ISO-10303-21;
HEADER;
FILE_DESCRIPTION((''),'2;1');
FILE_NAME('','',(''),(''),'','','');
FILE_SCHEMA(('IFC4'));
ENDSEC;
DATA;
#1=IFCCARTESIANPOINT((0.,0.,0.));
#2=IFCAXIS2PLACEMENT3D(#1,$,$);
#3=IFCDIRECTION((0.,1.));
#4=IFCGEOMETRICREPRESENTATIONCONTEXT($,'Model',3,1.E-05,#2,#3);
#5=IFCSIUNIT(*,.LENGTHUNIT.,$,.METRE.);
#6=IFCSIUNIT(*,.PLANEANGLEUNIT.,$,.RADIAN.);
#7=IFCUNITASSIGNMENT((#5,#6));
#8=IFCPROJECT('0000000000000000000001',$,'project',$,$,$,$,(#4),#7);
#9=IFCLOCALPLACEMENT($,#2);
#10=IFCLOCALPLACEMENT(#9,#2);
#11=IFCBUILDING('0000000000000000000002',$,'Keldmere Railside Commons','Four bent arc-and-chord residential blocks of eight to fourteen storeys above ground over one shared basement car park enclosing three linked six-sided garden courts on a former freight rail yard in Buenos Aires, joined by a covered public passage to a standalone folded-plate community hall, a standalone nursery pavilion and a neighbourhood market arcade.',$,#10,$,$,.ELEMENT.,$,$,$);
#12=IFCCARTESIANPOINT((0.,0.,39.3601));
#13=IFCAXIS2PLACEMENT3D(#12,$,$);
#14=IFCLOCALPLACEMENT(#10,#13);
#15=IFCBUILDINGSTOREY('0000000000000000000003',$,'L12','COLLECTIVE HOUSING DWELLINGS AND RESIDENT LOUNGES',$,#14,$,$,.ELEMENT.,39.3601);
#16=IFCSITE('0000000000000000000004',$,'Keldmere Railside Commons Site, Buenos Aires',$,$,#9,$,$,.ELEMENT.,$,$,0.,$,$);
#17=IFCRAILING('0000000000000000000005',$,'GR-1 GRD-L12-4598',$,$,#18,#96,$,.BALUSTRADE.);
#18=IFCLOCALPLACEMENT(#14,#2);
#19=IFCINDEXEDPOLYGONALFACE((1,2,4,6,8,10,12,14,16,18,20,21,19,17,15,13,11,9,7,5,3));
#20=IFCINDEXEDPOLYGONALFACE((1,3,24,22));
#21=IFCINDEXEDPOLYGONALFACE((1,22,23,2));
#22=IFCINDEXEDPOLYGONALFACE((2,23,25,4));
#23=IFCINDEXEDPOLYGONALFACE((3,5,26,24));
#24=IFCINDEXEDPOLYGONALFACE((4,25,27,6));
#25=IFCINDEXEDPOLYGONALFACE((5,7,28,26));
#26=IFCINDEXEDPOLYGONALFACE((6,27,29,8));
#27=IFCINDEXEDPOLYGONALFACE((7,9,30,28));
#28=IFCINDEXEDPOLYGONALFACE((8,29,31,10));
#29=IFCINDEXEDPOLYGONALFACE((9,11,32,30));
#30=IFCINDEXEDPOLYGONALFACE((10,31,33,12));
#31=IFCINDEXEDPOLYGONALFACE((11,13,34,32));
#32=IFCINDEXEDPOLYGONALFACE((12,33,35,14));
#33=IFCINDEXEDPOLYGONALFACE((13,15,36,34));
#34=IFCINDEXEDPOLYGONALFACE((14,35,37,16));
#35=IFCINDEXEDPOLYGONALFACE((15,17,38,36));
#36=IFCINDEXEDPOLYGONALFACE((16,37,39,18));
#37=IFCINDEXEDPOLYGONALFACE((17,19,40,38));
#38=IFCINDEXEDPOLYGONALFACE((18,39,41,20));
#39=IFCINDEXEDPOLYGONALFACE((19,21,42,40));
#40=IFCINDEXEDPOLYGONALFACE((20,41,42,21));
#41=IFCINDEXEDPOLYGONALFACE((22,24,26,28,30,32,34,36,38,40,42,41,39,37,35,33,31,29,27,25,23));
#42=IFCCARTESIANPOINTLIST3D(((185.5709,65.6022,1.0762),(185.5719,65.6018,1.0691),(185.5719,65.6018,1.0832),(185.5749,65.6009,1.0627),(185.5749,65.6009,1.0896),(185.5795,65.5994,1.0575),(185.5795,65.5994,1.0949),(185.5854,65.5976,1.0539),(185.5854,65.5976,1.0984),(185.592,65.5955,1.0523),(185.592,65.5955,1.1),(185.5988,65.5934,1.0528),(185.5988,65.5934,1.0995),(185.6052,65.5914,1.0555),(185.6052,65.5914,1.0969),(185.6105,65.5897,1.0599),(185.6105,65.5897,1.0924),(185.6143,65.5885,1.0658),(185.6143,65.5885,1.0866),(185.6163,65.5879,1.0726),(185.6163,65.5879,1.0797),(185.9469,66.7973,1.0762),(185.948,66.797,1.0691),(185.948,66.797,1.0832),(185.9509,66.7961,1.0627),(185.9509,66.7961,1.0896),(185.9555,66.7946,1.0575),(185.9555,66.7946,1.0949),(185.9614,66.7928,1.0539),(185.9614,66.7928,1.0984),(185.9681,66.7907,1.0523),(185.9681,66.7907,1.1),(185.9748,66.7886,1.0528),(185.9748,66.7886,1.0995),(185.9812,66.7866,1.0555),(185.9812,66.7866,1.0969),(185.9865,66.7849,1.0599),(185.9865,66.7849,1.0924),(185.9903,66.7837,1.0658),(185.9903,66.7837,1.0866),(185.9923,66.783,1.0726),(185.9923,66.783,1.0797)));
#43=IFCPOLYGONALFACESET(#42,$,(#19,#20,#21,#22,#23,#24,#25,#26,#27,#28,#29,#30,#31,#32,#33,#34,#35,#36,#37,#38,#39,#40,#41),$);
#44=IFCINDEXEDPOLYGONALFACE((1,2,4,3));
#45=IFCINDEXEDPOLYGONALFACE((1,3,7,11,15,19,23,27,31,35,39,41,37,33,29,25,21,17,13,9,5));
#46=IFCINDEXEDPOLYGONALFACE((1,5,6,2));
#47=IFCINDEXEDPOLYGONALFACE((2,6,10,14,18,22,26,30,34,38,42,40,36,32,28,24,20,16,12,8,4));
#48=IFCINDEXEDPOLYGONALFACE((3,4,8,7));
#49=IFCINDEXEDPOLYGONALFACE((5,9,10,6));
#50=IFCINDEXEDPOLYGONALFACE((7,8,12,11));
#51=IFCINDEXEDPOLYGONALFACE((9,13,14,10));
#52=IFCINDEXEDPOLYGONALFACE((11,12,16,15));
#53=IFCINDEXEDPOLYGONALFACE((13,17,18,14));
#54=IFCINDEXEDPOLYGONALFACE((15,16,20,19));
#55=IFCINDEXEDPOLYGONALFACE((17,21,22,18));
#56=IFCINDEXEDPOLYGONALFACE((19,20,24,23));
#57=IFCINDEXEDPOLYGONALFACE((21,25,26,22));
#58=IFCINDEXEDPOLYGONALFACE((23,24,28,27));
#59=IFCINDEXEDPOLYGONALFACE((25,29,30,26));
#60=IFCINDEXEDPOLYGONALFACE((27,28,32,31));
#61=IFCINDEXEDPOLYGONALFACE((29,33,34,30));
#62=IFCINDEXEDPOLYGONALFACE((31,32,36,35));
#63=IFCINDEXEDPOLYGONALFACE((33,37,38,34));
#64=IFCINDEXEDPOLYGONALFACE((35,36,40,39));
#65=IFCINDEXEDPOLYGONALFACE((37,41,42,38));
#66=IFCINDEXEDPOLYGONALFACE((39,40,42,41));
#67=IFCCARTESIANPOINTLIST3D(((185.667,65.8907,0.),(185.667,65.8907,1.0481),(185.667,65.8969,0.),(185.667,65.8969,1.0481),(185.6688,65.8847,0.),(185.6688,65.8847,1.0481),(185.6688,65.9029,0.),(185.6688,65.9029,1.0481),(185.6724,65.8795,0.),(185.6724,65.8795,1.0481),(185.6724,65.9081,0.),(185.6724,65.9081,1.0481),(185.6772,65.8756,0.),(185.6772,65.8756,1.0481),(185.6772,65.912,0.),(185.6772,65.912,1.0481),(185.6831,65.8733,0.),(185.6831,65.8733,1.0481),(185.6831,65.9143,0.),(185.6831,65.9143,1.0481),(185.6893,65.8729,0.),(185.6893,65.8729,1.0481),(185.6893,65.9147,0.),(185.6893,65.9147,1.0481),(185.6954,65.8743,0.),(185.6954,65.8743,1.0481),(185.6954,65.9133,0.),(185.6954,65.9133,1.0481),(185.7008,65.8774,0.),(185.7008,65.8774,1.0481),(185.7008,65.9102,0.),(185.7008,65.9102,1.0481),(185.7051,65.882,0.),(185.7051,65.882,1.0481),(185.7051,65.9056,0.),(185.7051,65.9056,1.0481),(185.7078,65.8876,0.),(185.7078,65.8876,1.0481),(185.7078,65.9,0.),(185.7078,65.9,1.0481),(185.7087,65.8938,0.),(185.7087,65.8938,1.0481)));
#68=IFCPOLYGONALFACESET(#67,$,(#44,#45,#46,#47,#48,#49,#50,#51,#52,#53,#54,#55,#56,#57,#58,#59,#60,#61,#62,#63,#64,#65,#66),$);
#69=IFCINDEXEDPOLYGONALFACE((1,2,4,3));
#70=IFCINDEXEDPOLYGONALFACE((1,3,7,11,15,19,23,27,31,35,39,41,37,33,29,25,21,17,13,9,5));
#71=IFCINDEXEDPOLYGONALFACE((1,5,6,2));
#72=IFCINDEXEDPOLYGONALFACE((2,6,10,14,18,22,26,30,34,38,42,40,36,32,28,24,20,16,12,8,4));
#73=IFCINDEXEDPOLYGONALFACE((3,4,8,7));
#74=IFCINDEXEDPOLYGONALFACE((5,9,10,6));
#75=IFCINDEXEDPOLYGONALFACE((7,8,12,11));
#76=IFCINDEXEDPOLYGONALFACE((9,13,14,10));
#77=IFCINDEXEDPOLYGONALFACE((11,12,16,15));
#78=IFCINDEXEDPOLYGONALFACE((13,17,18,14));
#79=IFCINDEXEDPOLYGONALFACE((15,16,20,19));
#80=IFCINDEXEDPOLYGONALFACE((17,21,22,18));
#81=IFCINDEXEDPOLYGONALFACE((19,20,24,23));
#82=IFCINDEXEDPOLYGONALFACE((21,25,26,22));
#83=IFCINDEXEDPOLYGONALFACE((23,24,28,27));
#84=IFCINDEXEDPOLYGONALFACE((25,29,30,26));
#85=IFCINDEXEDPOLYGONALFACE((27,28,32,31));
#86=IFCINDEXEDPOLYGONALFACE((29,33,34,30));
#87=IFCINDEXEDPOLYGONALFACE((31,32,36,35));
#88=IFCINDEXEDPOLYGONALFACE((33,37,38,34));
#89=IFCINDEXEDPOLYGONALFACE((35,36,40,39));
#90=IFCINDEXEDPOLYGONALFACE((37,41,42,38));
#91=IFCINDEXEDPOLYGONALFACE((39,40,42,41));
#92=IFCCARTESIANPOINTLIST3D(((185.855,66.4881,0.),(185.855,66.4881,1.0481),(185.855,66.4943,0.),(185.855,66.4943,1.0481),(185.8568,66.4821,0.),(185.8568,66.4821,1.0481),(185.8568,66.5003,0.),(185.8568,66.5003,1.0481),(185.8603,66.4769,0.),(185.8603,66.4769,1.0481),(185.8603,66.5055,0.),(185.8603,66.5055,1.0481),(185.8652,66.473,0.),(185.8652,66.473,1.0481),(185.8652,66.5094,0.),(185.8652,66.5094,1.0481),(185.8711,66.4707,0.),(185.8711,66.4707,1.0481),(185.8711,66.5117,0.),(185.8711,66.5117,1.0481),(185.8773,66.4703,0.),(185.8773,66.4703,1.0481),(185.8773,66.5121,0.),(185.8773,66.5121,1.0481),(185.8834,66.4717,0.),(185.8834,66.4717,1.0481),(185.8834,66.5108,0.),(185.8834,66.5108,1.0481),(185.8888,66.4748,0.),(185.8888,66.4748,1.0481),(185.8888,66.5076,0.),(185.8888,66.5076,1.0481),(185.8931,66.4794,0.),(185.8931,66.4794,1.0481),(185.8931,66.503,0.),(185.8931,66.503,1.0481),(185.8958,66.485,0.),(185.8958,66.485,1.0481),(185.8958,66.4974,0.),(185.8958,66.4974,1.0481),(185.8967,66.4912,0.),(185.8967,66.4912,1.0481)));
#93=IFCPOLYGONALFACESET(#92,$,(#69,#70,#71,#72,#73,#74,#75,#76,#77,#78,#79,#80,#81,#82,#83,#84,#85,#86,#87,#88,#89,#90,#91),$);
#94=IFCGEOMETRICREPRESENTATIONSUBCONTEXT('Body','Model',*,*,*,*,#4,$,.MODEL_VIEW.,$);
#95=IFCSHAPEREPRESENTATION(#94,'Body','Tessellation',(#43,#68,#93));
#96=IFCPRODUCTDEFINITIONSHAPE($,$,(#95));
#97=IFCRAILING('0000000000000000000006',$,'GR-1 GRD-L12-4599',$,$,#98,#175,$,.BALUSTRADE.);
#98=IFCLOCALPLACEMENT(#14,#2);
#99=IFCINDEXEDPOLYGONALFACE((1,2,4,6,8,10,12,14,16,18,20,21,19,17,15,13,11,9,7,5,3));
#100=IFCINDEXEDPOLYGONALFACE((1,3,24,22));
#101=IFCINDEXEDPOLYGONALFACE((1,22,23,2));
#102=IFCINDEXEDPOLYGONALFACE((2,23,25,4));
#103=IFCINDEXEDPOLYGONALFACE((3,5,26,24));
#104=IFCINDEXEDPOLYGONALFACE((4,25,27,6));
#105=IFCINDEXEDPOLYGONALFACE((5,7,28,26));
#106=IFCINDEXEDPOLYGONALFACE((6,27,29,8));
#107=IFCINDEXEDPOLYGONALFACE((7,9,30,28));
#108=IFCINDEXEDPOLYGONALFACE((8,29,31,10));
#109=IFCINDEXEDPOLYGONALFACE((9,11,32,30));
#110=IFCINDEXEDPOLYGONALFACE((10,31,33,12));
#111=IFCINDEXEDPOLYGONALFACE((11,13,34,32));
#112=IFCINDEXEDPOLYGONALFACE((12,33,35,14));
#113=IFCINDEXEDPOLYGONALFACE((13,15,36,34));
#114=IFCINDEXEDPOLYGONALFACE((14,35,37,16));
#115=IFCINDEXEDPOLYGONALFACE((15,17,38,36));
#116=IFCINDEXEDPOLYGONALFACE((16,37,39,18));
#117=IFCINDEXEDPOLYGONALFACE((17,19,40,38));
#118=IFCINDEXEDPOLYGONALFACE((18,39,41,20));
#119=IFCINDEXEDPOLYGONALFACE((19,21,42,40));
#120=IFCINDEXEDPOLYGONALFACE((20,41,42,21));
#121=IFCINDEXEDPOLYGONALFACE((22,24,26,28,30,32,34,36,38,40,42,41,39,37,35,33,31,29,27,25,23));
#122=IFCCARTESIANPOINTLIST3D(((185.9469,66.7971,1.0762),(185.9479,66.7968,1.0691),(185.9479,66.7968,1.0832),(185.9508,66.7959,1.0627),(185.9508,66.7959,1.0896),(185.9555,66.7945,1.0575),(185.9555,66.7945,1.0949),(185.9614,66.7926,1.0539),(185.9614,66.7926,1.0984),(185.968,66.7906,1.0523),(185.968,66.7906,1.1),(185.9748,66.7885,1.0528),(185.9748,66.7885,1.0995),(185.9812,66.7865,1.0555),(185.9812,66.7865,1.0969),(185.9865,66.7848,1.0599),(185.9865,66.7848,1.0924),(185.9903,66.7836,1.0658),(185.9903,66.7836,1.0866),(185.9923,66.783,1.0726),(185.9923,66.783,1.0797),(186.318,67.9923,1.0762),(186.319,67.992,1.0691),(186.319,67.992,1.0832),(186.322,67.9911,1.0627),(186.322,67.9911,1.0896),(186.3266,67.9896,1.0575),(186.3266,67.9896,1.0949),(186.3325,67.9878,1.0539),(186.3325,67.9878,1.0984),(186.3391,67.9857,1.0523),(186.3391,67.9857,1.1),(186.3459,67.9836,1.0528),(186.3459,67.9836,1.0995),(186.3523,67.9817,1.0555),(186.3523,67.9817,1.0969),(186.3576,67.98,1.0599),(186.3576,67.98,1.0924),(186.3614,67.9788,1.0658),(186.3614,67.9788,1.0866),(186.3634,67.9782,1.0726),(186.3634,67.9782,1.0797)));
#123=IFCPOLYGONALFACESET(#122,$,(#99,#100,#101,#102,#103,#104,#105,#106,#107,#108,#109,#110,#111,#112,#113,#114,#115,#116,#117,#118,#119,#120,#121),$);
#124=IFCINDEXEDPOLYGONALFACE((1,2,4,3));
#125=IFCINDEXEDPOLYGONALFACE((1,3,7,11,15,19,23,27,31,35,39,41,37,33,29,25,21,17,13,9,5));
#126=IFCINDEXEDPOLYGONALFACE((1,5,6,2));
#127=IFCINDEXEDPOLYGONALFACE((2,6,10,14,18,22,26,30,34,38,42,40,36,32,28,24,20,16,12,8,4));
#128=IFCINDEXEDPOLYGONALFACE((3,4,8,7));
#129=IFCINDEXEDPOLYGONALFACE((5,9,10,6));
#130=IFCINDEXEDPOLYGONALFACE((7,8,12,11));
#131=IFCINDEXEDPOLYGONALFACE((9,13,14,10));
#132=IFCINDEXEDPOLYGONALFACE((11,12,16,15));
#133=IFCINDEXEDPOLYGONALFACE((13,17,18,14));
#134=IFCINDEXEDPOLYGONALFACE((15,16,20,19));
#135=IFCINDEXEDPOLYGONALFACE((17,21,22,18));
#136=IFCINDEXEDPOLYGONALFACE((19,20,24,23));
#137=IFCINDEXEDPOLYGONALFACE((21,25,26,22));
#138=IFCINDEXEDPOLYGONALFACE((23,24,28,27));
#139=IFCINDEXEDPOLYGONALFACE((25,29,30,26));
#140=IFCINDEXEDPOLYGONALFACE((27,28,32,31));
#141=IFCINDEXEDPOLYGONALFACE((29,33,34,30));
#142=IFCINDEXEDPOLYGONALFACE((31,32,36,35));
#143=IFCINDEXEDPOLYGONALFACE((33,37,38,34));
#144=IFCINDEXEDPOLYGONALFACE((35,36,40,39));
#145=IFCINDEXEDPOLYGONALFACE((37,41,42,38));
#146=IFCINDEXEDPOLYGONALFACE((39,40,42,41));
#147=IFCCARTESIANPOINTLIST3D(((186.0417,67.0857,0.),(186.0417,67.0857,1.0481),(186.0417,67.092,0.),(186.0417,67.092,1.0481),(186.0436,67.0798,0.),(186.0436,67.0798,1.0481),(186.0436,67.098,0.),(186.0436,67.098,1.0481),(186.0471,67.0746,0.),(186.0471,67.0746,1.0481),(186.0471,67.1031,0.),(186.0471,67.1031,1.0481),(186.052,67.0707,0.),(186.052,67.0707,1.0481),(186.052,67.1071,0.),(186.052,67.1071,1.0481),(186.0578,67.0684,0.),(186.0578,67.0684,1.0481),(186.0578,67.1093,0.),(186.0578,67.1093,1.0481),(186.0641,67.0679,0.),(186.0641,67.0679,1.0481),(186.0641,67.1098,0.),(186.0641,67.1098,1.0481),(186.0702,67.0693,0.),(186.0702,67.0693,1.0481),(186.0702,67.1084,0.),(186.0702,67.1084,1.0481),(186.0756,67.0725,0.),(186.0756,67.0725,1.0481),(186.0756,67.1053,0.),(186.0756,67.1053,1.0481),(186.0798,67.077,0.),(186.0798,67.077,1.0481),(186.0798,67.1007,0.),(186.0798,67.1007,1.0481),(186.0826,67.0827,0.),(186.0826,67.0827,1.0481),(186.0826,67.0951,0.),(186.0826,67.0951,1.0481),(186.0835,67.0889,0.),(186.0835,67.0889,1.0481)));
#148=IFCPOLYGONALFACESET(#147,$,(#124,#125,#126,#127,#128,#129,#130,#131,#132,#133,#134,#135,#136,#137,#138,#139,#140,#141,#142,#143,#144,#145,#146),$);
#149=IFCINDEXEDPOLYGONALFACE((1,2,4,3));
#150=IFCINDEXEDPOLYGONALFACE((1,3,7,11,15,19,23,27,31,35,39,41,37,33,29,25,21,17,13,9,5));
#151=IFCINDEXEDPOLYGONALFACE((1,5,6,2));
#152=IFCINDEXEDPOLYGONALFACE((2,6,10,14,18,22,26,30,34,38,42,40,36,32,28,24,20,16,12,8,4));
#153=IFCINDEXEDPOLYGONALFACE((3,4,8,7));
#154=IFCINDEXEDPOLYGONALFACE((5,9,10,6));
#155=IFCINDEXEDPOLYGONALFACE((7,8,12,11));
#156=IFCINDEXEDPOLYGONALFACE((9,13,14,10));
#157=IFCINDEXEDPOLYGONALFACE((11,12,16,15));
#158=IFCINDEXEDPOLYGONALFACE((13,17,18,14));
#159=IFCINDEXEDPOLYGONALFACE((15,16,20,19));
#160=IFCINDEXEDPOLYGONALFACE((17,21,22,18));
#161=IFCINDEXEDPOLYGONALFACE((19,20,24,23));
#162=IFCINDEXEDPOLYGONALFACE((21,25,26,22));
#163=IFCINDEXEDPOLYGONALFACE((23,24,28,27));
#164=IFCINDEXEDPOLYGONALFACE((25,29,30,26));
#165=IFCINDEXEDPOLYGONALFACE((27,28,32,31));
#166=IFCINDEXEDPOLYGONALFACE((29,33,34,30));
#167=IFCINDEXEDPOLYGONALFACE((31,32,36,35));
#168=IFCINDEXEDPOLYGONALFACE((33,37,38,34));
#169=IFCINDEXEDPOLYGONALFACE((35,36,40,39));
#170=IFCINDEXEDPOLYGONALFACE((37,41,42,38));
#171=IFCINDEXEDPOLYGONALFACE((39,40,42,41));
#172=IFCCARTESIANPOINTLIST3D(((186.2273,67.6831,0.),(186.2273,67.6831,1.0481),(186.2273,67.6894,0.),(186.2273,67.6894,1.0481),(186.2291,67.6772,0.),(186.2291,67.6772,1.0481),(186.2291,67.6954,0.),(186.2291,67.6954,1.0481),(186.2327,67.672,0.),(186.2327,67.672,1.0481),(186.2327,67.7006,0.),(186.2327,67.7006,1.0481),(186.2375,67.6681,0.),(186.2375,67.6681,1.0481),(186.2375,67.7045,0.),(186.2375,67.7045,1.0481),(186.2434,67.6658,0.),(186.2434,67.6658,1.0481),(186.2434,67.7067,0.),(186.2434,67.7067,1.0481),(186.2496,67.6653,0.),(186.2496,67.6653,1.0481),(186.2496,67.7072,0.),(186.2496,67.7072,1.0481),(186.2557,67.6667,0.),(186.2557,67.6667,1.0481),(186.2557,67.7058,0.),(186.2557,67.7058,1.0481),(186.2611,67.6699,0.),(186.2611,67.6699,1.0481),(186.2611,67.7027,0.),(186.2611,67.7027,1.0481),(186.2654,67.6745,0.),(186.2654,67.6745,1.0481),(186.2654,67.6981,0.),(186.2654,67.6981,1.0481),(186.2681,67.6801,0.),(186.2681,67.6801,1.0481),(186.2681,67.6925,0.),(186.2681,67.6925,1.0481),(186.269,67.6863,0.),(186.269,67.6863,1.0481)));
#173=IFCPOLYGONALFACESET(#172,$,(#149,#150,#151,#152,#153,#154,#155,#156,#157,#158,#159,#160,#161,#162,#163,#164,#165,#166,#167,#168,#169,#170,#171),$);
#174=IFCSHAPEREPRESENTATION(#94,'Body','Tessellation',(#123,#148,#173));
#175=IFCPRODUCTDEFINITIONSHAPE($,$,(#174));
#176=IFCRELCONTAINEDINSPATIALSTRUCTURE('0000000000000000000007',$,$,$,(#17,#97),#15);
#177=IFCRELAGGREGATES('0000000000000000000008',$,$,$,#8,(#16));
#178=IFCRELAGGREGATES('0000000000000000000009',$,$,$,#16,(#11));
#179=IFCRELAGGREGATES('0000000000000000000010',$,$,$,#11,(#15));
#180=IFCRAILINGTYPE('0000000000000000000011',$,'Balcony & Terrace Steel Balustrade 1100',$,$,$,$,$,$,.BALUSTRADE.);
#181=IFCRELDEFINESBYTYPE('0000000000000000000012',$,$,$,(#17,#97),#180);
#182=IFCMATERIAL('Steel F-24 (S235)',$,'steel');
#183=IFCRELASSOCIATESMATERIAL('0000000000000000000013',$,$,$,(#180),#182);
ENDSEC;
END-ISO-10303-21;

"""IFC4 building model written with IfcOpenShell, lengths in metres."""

from ifc_helpers import new_model, si_unit, direction, frame, origin, origin_2d, place, context, subcontext, project, spatial, circle, extrude, material, type_object, element, save


model = new_model("IFC4")

# Units and contexts
model_context = context("Model", 3, precision=1e-05, world=origin(), true_north=direction((0.0, 1.0)))
body_context = subcontext(model_context, "Body", "Model", "MODEL_VIEW")
ifc_project = project(units=[si_unit("LENGTHUNIT", "METRE"), si_unit("PLANEANGLEUNIT", "RADIAN")], contexts=[model_context])

# Site, building, storey
site_placement = place(None, origin())
site = spatial("IfcSite", under=ifc_project, at=site_placement, Name="Keldmere Railside Commons Site, Buenos Aires", CompositionType="ELEMENT", RefElevation=0.0)
building_placement = place(site_placement, origin())
building = spatial("IfcBuilding", under=site, at=building_placement, Name="Keldmere Railside Commons", Description="Four bent arc-and-chord residential blocks of eight to fourteen storeys above ground over one shared basement car park enclosing three linked six-sided garden courts on a former freight rail yard in Buenos Aires, joined by a covered public passage to a standalone folded-plate community hall, a standalone nursery pavilion and a neighbourhood market arcade.", CompositionType="ELEMENT")
storey_placement = place(building_placement, frame((0.0, 0.0, 39.3601)))
storey = spatial("IfcBuildingStorey", under=building, at=storey_placement, Name="L12", Description="COLLECTIVE HOUSING DWELLINGS AND RESIDENT LOUNGES", CompositionType="ELEMENT", Elevation=39.3601)

# Railings
ifc_material_1 = material(Name="Steel F-24 (S235)", Category="steel")
railing_type_1 = type_object("IfcRailingType", Name="Balcony & Terrace Steel Balustrade 1100", PredefinedType="BALUSTRADE", material=ifc_material_1)
railing_1_placement = place(storey_placement, frame((185.5938, 65.595, 0.0)))
element("IfcRailing", 1, at=railing_1_placement, inside=storey, type_object=railing_type_1, Name="GR-1 GRD-L12-4598", PredefinedType="BALUSTRADE", context=body_context, shape_type="SweptSolid", body=[
    extrude(circle(Radius=0.0239, at=origin_2d()), frame((0.0, 0.0, 1.0762), z_axis=(0.300105, 0.953906, 0.0), x_axis=(-0.953906, 0.300105, 0.0)), (0.0, 0.0, 1.0), 1.2529),
    extrude(circle(Radius=0.021, at=origin_2d()), frame((0.094, 0.2988, 0.0)), (0.0, 0.0, 1.0), 1.0481),
    extrude(circle(Radius=0.021, at=origin_2d()), frame((0.282, 0.8962, 0.0)), (0.0, 0.0, 1.0), 1.0481),
])
railing_2_placement = place(storey_placement, frame((185.9697, 66.79, 0.0)))
element("IfcRailing", 2, at=railing_2_placement, inside=storey, type_object=railing_type_1, Name="GR-1 GRD-L12-4599", PredefinedType="BALUSTRADE", context=body_context, shape_type="SweptSolid", body=[
    extrude(circle(Radius=0.0239, at=origin_2d()), frame((0.0, 0.0, 1.0762), z_axis=(0.296553, 0.955017, 0.0), x_axis=(-0.955017, 0.296553, 0.0)), (0.0, 0.0, 1.0), 1.2515),
    extrude(circle(Radius=0.021, at=origin_2d()), frame((0.0928, 0.2988, 0.0)), (0.0, 0.0, 1.0), 1.0481),
    extrude(circle(Radius=0.021, at=origin_2d()), frame((0.2783, 0.8962, 0.0)), (0.0, 0.0, 1.0), 1.0481),
])

save(model, "model.ifc")
